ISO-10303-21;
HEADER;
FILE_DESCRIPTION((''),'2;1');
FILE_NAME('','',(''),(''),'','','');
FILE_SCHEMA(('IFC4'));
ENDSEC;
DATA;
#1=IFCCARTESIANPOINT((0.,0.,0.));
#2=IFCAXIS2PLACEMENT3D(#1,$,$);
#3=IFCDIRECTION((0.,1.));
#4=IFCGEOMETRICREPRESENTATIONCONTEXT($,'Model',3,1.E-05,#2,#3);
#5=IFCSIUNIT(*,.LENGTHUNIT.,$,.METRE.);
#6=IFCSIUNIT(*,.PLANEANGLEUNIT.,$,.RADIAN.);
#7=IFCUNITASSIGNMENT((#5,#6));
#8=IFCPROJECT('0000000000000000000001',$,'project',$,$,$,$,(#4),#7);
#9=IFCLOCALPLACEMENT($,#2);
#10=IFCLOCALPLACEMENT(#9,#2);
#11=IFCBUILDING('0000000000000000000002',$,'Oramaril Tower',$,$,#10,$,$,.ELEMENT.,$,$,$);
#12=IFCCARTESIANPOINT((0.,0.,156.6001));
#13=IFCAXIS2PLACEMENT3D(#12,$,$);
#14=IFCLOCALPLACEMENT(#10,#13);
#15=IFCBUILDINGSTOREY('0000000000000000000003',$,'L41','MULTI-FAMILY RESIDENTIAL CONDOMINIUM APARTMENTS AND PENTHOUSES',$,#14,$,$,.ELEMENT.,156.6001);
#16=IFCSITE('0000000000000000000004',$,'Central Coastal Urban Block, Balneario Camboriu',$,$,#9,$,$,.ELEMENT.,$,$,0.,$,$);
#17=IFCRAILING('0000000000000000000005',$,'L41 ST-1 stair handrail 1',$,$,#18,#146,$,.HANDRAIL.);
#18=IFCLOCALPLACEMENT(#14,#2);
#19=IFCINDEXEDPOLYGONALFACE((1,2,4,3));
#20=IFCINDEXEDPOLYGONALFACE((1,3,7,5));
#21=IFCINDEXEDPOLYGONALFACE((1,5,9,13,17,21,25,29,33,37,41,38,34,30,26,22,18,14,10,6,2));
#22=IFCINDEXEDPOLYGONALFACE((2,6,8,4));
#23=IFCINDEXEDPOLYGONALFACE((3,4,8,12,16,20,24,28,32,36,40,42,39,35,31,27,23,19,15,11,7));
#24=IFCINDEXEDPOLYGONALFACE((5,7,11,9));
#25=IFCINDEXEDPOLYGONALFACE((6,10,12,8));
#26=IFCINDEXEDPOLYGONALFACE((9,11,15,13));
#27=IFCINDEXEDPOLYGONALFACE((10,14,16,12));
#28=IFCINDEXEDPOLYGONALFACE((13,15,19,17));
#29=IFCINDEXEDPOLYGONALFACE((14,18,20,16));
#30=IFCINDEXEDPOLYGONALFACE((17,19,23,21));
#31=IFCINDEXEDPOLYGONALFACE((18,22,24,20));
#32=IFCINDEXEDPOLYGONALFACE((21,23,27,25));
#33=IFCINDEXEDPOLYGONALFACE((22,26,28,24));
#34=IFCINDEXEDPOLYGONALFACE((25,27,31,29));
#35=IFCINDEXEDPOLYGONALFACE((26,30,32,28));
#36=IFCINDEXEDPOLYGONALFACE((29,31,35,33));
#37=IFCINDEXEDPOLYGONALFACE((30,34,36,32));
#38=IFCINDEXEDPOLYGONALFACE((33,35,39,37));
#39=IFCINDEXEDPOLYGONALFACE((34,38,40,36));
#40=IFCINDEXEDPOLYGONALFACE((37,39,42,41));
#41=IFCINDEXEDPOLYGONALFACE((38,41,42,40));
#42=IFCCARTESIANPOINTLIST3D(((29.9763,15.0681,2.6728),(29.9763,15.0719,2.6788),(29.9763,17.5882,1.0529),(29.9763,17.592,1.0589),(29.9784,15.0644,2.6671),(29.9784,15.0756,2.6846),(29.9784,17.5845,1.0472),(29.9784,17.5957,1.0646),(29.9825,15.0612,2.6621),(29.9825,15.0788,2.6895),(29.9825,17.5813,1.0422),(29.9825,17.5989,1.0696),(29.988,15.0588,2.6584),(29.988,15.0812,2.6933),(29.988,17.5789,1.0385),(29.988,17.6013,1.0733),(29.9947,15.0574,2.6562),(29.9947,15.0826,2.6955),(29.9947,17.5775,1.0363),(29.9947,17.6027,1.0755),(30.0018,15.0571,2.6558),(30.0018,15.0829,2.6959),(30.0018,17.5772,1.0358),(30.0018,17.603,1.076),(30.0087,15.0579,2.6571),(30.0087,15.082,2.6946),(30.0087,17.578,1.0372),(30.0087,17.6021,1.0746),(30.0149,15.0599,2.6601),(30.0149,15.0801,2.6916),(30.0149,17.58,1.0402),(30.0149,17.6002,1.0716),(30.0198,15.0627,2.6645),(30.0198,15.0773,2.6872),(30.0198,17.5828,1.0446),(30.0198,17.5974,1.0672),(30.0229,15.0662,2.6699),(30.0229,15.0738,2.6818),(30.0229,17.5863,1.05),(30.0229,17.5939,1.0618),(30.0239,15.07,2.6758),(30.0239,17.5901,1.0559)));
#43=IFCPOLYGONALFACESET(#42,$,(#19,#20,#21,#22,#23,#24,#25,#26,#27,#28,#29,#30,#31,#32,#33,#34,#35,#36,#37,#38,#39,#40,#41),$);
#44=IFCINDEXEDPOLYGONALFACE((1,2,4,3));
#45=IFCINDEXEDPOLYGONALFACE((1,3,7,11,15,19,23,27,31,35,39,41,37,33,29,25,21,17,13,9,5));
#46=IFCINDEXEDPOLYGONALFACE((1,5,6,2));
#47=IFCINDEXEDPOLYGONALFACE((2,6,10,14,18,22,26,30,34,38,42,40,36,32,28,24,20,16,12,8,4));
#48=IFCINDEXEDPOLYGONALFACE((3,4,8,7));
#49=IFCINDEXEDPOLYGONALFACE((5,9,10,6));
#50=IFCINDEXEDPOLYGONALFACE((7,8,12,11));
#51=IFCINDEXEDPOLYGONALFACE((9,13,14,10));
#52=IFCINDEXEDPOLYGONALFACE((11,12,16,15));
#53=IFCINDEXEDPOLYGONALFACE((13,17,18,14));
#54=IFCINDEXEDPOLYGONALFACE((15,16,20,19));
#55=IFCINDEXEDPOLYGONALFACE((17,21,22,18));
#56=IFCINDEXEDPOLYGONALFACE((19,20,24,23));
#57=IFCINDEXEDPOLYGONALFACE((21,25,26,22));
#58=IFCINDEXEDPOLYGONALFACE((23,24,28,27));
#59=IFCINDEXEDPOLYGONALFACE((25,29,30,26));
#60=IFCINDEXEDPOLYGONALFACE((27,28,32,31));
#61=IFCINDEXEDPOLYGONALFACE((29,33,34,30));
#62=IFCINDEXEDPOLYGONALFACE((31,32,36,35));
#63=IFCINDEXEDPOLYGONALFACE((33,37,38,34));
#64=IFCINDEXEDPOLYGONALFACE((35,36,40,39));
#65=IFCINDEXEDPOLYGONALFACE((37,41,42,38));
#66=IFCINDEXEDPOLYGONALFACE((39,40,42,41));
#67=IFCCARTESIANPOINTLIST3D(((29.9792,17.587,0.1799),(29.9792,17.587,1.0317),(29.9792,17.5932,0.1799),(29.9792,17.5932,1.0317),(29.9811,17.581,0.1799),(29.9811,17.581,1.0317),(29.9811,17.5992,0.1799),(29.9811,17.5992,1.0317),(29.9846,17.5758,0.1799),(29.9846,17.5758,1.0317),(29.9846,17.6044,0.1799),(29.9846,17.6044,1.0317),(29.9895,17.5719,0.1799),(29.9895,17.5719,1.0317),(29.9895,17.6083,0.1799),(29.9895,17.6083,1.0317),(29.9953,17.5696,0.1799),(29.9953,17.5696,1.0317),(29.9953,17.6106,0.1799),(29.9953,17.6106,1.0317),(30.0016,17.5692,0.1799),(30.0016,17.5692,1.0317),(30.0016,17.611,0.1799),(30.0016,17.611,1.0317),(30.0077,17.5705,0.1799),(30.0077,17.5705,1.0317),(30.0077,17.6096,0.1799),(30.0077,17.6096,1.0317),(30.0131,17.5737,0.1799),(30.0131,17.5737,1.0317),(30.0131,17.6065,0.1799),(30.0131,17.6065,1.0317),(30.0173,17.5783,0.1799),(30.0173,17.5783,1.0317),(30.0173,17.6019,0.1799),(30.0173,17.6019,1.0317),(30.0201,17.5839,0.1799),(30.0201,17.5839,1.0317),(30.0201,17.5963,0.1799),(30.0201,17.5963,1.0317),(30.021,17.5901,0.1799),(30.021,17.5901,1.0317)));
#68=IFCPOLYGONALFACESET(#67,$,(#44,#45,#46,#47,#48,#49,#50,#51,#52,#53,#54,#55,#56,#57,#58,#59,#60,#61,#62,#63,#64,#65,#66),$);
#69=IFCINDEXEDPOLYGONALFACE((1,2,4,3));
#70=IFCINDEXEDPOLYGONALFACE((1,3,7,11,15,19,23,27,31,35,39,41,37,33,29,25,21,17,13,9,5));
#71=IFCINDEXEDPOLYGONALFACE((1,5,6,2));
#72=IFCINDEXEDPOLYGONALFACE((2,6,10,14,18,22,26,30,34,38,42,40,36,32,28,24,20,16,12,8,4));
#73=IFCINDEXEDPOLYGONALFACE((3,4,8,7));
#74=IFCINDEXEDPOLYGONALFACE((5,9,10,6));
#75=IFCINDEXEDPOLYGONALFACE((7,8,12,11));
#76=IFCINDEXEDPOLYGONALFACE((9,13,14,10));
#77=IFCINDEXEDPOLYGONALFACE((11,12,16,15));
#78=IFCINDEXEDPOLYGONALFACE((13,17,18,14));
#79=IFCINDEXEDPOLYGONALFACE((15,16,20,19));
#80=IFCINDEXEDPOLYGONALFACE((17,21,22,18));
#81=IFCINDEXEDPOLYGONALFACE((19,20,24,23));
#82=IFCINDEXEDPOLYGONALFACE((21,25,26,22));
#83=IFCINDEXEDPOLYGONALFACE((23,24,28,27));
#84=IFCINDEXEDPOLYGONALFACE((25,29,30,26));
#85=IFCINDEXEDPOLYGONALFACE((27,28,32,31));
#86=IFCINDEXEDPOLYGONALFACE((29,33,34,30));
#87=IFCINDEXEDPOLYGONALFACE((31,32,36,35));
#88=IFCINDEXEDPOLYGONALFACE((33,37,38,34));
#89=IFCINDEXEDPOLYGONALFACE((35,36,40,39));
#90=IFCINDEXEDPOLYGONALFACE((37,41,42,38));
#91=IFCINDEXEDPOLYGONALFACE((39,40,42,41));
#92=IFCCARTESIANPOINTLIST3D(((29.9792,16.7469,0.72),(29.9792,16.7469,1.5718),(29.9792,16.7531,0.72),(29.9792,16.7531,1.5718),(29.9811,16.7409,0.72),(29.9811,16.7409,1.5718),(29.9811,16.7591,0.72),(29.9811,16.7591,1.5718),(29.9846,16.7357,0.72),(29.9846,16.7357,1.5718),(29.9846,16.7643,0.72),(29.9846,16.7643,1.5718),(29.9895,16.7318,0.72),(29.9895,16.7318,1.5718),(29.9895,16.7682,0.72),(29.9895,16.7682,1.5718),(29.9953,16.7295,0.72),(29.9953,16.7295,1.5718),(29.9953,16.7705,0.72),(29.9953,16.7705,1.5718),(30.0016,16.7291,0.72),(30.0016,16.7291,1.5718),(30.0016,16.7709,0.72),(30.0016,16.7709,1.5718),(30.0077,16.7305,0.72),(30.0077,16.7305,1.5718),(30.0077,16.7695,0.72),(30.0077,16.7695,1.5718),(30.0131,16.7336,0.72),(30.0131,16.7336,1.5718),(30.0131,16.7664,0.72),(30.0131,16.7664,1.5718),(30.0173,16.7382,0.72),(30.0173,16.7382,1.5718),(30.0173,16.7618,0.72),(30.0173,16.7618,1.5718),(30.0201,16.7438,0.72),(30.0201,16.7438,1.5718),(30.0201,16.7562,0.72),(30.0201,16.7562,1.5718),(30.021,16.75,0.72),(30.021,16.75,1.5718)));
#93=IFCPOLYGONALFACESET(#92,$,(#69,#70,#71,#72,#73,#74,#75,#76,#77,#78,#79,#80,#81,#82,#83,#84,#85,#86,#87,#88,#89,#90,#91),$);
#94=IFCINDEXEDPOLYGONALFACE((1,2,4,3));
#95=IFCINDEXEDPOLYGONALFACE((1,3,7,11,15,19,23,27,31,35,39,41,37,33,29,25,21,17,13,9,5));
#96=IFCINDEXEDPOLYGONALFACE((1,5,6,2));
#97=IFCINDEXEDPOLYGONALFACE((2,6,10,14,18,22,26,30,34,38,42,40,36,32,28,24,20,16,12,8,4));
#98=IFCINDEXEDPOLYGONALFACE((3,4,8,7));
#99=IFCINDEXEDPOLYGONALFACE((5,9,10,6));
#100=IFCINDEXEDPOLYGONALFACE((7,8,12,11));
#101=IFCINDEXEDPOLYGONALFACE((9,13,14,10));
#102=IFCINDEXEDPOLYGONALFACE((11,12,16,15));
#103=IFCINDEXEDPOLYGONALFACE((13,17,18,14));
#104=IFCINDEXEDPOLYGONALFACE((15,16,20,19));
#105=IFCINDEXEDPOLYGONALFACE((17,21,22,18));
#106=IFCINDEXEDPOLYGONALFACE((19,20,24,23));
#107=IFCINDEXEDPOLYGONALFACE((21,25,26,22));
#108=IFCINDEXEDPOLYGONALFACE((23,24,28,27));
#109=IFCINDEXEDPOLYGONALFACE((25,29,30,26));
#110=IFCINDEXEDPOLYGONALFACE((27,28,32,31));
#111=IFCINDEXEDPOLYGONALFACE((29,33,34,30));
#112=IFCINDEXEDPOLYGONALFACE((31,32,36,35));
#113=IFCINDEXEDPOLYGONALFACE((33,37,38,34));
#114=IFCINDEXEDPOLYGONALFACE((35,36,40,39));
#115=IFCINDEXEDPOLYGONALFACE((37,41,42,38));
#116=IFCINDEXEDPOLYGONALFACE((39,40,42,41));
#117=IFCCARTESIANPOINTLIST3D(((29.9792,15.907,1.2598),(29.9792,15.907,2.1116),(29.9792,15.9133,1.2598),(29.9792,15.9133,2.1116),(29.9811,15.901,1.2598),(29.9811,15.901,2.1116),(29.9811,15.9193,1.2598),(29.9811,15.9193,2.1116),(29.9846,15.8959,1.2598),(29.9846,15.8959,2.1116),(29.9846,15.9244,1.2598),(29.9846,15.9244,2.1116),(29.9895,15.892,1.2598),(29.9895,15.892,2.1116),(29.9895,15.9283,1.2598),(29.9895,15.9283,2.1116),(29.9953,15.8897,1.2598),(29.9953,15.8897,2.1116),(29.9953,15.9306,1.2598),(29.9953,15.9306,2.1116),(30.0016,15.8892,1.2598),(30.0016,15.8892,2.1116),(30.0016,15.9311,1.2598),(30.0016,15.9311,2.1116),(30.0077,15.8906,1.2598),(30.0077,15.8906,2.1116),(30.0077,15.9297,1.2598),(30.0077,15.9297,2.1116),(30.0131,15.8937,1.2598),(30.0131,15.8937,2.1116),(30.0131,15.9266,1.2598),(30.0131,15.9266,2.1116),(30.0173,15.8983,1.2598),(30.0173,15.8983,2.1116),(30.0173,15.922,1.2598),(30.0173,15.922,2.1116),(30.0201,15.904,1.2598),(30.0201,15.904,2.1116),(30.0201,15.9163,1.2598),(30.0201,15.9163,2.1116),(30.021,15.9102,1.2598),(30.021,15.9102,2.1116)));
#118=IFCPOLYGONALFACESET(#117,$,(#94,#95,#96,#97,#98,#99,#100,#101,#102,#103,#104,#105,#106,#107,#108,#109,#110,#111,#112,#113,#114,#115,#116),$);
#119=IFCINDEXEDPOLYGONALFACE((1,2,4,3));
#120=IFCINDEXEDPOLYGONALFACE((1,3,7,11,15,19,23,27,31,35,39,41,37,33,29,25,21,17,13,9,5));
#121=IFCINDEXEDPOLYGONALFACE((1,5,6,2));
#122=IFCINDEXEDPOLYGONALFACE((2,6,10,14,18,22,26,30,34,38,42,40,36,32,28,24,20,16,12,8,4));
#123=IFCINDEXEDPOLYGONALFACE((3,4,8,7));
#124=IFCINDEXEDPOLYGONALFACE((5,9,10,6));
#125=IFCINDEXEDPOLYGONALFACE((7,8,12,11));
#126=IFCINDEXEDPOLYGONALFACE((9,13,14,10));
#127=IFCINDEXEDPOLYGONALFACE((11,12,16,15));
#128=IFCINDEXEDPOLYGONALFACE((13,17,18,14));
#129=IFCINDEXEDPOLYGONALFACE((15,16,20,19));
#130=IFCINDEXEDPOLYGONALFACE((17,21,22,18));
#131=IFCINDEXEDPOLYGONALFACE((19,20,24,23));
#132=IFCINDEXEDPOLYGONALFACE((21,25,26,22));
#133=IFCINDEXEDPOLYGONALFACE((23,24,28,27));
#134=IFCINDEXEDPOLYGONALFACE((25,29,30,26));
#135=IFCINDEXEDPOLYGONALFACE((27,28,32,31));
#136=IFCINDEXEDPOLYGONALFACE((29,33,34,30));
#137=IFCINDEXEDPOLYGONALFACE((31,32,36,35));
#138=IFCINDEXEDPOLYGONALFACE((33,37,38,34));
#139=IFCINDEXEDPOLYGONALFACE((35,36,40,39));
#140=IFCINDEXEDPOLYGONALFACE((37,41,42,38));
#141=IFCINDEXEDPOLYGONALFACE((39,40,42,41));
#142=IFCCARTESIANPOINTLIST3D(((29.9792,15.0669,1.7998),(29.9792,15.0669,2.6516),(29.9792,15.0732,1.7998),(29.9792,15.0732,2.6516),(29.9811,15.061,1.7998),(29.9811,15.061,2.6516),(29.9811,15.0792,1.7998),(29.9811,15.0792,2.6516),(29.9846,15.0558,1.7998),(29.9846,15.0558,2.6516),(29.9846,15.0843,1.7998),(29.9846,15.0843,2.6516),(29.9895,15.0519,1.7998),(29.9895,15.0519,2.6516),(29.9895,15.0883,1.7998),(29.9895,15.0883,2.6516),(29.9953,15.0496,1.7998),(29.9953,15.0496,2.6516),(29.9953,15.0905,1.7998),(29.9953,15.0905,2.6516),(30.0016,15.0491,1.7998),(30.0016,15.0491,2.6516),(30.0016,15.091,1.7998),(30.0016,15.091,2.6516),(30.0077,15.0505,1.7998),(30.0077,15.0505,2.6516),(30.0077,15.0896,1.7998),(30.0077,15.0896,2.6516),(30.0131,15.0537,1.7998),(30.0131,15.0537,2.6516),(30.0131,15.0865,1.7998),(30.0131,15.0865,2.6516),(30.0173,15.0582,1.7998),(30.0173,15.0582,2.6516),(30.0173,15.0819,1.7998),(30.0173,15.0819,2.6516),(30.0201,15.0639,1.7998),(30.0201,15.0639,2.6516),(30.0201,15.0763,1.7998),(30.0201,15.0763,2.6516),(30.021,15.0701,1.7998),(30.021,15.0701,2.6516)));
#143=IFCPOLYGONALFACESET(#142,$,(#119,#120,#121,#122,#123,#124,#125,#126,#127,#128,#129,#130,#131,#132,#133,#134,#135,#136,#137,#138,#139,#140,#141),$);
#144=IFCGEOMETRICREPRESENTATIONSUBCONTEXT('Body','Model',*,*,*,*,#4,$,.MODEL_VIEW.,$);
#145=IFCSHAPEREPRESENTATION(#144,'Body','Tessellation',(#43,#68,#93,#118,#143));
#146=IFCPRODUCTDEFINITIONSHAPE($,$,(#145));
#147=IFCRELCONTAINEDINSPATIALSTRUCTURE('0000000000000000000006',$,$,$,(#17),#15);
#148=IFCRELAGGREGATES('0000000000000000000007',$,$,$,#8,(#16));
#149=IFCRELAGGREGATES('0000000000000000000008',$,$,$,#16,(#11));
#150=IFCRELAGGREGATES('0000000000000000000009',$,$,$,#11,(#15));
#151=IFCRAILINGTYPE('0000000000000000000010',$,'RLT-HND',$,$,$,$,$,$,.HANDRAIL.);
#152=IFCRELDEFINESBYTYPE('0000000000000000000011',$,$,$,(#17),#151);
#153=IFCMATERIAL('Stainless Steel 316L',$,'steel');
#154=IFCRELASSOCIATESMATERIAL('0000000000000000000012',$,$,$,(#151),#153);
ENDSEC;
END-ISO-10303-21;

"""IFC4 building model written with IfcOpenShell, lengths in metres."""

from ifc_helpers import new_model, si_unit, direction, frame, origin, origin_2d, place, context, subcontext, project, spatial, circle, extrude, material, type_object, element, save


model = new_model("IFC4")

# Units and contexts
model_context = context("Model", 3, precision=1e-05, world=origin(), true_north=direction((0.0, 1.0)))
body_context = subcontext(model_context, "Body", "Model", "MODEL_VIEW")
ifc_project = project(units=[si_unit("LENGTHUNIT", "METRE"), si_unit("PLANEANGLEUNIT", "RADIAN")], contexts=[model_context])

# Site, building, storey
site_placement = place(None, origin())
site = spatial("IfcSite", under=ifc_project, at=site_placement, Name="Central Coastal Urban Block, Balneario Camboriu", CompositionType="ELEMENT", RefElevation=0.0)
building_placement = place(site_placement, origin())
building = spatial("IfcBuilding", under=site, at=building_placement, Name="Oramaril Tower", CompositionType="ELEMENT")
storey_placement = place(building_placement, frame((0.0, 0.0, 156.6001)))
storey = spatial("IfcBuildingStorey", under=building, at=storey_placement, Name="L41", Description="MULTI-FAMILY RESIDENTIAL CONDOMINIUM APARTMENTS AND PENTHOUSES", CompositionType="ELEMENT", Elevation=156.6001)

# Railing
ifc_material_1 = material(Name="Stainless Steel 316L", Category="steel")
railing_type_1 = type_object("IfcRailingType", Name="RLT-HND", PredefinedType="HANDRAIL", material=ifc_material_1)
railing_1_placement = place(storey_placement, frame((30.0, 17.5901, 0.1799)))
element("IfcRailing", 1, at=railing_1_placement, inside=storey, type_object=railing_type_1, Name="L41 ST-1 stair handrail 1", PredefinedType="HANDRAIL", context=body_context, shape_type="SweptSolid", body=[
    extrude(circle(Radius=0.0239, at=origin_2d()), frame((0.0, 0.0, 0.876), z_axis=(0.0, -0.8412, 0.540725), x_axis=(1.0, 0.0, 0.0)), (0.0, 0.0, 1.0), 2.9958),
    extrude(circle(Radius=0.021, at=origin_2d()), origin(), (0.0, 0.0, 1.0), 0.8518),
    extrude(circle(Radius=0.021, at=origin_2d()), frame((0.0, -0.8401, 0.54)), (0.0, 0.0, 1.0), 0.8518),
    extrude(circle(Radius=0.021, at=origin_2d()), frame((0.0, -1.6799, 1.0798)), (0.0, 0.0, 1.0), 0.8518),
    extrude(circle(Radius=0.021, at=origin_2d()), frame((0.0, -2.52, 1.6199)), (0.0, 0.0, 1.0), 0.8518),
])

save(model, "model.ifc")
